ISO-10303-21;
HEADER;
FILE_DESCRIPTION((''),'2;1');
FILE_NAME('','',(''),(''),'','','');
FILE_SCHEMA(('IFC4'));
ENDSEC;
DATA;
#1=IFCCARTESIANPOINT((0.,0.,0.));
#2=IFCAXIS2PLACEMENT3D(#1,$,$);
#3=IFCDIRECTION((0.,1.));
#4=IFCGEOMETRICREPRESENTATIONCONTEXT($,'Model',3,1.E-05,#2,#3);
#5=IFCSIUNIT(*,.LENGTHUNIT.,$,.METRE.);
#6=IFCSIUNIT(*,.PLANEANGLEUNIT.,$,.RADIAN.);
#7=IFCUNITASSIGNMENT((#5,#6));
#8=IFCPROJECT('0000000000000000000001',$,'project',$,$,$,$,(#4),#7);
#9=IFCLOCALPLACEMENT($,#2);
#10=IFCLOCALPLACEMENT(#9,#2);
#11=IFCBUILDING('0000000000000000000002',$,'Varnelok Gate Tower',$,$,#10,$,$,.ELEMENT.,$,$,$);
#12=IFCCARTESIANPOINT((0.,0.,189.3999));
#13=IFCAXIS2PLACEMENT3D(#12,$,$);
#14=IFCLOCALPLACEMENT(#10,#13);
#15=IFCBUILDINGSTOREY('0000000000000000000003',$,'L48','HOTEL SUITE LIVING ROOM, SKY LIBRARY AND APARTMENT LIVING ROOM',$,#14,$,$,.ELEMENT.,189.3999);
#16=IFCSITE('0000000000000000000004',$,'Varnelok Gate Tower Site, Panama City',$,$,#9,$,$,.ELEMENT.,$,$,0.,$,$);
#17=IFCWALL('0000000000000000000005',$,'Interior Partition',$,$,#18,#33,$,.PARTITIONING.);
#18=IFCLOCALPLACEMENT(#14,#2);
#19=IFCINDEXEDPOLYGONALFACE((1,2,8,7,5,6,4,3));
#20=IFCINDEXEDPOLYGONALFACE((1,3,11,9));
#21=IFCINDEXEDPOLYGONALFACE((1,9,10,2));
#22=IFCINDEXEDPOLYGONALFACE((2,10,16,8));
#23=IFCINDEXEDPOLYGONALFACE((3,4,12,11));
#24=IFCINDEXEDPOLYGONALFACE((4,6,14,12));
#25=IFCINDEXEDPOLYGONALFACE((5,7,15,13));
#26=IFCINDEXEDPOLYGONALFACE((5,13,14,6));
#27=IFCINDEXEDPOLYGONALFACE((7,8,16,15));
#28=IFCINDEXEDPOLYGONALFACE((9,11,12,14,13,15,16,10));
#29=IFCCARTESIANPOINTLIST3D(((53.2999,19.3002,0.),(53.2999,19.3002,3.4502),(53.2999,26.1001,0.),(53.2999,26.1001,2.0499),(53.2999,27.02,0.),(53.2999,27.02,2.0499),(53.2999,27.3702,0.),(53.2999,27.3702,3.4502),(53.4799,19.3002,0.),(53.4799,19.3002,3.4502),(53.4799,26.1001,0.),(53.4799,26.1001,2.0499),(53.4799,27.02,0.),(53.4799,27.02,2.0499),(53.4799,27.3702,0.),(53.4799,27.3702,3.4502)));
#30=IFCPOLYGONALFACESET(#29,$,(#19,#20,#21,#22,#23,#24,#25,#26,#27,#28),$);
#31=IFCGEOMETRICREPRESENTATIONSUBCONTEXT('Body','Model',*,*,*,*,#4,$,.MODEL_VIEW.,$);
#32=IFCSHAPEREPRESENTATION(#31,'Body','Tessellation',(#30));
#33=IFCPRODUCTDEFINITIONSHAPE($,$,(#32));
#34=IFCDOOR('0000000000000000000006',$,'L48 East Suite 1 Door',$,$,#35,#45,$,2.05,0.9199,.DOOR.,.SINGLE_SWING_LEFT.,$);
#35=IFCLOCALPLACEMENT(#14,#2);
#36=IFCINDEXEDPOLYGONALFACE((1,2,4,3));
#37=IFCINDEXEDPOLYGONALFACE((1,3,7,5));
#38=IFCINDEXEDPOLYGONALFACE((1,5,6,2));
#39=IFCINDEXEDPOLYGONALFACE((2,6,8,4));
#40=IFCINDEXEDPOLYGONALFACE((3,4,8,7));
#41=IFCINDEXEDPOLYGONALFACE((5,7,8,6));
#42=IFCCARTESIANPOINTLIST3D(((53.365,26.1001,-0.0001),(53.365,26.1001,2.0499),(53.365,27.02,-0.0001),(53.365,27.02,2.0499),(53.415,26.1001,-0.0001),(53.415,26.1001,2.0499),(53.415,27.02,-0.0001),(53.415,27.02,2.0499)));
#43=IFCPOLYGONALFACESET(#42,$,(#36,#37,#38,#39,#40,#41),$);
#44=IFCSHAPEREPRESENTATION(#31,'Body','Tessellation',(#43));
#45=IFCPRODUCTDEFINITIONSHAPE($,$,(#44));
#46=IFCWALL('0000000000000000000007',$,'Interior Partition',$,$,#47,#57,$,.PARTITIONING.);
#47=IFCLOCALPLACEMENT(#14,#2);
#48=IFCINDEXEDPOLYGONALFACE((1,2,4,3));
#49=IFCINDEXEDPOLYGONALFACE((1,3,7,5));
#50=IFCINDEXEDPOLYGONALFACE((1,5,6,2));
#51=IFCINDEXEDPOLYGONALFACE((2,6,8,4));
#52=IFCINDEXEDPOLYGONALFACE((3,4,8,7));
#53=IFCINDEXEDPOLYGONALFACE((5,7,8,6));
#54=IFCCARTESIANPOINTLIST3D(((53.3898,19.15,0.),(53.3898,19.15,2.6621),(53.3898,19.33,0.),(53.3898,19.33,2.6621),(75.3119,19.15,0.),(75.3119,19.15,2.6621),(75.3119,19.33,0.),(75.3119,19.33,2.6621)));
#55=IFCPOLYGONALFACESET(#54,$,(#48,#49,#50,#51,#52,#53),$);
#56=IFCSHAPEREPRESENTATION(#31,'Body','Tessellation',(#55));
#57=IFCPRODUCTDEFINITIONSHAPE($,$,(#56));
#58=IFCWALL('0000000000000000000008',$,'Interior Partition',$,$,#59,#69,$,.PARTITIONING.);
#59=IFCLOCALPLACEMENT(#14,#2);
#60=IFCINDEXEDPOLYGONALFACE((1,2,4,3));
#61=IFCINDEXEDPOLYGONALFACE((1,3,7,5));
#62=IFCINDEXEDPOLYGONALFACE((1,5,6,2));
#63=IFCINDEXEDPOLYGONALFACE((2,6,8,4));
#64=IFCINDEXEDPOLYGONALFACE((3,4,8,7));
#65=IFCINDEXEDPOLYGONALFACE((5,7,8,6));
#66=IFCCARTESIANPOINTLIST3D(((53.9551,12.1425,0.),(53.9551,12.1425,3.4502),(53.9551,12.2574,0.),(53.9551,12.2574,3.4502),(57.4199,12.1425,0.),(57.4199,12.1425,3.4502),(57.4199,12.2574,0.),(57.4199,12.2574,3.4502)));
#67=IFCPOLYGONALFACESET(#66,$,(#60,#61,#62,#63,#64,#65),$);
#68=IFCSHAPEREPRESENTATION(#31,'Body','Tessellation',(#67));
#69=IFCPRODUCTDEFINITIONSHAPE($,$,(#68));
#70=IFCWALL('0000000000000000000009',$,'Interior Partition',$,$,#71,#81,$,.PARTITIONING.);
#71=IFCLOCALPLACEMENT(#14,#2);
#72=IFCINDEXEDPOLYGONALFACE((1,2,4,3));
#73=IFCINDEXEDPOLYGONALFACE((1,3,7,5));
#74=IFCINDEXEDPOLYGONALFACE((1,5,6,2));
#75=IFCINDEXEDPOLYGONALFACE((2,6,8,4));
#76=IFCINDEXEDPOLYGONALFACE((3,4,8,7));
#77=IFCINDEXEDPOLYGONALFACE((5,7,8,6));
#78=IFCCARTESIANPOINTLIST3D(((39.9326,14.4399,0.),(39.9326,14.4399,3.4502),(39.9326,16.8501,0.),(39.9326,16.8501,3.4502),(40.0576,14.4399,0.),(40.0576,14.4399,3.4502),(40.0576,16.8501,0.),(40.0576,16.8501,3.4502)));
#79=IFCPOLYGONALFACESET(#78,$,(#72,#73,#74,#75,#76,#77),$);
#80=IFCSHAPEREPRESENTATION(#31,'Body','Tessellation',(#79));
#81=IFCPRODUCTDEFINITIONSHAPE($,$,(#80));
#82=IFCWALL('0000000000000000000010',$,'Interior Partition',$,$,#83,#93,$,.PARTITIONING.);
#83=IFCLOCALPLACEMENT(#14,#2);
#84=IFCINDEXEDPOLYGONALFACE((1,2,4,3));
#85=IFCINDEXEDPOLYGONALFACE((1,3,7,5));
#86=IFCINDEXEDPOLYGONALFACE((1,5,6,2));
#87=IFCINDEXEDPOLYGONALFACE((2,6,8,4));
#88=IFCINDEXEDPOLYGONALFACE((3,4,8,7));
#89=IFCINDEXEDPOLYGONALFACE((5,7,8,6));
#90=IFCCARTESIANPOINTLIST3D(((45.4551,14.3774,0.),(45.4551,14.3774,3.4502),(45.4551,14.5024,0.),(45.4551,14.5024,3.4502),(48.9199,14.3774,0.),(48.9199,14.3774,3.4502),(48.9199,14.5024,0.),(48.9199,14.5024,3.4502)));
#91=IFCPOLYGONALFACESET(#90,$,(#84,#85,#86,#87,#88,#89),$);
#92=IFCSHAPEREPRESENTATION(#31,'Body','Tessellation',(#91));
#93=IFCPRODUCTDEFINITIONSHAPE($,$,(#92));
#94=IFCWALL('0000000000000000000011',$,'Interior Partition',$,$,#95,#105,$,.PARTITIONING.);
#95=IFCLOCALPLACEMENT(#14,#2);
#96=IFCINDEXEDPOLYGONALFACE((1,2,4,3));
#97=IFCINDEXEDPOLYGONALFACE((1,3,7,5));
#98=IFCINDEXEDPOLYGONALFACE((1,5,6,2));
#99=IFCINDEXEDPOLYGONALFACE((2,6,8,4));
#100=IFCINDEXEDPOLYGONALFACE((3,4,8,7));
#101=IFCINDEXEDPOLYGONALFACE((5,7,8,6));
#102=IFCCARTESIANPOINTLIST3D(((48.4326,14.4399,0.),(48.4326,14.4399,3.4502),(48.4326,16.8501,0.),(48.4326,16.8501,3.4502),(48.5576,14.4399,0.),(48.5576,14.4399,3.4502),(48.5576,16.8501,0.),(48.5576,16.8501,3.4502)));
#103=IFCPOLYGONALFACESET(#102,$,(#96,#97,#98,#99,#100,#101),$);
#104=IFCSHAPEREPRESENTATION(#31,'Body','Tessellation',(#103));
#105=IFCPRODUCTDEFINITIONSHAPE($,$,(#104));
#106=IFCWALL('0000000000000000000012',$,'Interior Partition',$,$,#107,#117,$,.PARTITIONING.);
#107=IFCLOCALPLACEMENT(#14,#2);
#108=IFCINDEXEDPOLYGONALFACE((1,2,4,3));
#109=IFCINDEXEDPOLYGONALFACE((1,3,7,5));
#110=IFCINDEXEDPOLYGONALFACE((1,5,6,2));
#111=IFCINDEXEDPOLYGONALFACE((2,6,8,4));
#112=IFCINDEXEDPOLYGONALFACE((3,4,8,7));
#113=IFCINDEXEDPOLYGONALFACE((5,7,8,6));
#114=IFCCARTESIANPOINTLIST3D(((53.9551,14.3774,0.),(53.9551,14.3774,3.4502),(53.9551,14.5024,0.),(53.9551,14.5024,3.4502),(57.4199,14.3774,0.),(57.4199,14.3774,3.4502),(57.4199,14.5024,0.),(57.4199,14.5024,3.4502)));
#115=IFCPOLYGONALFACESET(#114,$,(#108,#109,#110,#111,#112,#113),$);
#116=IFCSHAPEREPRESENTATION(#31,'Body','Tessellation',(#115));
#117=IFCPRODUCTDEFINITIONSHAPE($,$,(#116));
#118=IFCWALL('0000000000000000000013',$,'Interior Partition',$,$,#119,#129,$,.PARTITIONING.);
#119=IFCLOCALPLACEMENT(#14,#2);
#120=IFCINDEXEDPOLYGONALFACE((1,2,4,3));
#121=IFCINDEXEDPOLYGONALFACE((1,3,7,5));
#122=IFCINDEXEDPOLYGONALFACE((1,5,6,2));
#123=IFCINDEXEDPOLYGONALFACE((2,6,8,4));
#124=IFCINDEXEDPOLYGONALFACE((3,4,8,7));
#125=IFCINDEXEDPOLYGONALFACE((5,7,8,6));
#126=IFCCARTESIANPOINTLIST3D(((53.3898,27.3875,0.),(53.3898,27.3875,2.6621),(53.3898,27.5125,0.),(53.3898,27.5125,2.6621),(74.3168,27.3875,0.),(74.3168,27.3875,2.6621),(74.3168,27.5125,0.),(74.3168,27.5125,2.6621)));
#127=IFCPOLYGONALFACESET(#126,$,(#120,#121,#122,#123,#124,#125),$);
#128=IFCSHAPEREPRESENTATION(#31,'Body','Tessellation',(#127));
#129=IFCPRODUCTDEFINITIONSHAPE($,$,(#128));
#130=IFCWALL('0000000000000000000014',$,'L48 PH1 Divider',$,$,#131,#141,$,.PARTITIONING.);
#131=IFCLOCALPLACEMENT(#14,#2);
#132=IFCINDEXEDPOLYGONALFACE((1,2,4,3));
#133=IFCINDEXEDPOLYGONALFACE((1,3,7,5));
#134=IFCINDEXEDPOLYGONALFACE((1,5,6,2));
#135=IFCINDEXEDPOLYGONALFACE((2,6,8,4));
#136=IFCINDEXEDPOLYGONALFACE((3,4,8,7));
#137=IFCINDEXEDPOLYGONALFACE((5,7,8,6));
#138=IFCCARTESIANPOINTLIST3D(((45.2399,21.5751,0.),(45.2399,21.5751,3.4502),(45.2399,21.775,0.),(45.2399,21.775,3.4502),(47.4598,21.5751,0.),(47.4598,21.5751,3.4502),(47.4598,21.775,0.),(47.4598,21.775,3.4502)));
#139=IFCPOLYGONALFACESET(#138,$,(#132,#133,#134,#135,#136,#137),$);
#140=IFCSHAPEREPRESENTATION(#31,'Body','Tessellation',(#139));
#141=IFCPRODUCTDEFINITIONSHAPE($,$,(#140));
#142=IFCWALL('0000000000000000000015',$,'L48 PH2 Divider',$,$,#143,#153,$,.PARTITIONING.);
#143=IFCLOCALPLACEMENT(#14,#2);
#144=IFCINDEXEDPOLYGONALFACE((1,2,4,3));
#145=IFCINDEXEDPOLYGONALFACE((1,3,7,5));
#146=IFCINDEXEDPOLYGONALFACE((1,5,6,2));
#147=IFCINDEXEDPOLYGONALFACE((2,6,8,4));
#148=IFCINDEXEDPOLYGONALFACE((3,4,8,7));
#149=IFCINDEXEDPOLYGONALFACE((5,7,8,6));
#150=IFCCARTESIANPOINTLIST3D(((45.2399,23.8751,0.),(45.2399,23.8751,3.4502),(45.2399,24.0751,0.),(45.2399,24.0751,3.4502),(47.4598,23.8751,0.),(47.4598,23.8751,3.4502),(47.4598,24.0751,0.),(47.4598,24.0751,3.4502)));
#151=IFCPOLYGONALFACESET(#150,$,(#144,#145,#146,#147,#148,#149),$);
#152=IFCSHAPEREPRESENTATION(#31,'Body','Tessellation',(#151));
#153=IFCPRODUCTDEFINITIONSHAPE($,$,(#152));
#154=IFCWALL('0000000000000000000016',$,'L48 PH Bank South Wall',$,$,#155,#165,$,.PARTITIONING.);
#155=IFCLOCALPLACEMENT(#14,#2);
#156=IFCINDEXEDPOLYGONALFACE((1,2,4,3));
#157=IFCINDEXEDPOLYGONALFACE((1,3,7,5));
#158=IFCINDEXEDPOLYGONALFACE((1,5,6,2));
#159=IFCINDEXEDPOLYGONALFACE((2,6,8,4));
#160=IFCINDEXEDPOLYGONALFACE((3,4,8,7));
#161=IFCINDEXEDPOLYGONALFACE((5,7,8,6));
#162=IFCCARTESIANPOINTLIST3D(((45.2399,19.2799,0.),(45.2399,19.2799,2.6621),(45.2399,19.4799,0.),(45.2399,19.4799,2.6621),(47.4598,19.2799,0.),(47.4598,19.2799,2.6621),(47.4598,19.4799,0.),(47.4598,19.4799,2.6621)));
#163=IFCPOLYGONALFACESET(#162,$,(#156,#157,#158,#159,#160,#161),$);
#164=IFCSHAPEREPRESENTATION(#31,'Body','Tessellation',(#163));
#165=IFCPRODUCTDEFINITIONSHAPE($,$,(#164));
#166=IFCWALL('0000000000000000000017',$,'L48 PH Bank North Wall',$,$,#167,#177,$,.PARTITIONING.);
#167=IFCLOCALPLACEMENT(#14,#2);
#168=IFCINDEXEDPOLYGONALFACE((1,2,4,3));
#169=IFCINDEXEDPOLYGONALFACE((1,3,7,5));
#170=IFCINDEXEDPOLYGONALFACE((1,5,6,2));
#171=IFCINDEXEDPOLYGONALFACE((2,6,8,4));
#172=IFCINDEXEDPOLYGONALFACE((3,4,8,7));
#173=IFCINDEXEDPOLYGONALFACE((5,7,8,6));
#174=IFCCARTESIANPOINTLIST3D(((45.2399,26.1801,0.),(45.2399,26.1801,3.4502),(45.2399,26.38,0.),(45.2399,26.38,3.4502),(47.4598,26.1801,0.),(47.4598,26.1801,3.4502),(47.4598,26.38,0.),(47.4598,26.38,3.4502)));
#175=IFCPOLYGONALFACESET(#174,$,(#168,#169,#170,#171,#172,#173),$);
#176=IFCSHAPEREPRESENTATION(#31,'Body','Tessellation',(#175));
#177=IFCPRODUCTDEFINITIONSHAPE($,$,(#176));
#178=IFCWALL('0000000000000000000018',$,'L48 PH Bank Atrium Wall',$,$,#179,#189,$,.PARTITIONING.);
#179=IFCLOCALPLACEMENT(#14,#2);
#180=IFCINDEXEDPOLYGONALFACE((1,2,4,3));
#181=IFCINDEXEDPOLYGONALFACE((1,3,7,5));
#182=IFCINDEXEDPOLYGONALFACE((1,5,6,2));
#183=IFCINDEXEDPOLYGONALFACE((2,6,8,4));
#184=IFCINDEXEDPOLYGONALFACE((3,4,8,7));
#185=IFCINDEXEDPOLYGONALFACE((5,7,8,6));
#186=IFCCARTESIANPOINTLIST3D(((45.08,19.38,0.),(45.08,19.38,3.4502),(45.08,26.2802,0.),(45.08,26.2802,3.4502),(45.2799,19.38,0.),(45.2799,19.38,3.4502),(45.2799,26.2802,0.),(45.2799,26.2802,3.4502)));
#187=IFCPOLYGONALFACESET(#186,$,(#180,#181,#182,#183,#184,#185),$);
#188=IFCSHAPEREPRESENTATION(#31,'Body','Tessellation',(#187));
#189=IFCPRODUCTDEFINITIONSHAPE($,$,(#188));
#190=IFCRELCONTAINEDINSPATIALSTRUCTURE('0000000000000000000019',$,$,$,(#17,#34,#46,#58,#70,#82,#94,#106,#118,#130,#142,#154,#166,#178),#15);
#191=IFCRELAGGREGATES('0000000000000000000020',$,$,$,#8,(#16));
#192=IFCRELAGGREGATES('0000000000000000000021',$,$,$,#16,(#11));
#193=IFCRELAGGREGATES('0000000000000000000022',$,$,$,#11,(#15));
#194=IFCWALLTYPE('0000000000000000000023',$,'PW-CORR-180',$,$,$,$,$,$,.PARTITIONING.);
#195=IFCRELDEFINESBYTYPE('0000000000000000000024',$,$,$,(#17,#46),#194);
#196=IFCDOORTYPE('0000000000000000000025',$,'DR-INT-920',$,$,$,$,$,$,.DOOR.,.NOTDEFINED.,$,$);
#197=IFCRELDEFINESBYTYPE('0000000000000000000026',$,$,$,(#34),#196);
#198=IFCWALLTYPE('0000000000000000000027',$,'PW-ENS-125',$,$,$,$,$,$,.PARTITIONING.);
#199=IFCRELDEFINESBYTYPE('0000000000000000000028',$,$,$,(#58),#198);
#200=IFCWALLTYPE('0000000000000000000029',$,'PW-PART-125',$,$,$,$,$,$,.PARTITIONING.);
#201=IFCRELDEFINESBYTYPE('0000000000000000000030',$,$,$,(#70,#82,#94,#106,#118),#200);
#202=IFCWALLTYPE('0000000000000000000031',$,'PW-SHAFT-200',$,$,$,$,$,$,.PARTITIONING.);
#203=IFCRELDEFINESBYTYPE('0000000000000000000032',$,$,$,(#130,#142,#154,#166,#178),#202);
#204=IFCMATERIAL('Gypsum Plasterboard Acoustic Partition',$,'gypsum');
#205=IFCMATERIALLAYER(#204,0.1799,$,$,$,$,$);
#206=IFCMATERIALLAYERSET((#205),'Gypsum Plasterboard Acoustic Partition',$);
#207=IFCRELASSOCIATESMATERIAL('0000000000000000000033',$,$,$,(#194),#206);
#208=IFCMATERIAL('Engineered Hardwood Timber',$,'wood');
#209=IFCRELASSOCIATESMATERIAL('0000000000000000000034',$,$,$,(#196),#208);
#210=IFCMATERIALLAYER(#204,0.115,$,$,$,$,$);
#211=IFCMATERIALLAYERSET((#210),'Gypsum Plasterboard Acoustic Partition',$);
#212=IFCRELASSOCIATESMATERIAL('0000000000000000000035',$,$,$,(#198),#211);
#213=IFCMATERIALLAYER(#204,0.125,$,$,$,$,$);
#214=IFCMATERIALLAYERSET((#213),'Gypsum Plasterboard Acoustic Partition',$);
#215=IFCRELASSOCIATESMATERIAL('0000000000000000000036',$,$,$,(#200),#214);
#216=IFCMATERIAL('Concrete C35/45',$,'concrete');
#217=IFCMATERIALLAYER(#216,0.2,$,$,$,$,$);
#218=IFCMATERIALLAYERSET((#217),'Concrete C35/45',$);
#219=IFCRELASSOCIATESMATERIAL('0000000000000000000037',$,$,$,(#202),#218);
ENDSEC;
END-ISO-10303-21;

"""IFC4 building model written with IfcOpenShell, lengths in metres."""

from ifc_helpers import new_model, si_unit, direction, frame, frame_2d, origin, place, context, subcontext, project, spatial, rectangle, extrude, material, layer, layer_set, type_object, element, fill, save


model = new_model("IFC4")

# Units and contexts
model_context = context("Model", 3, precision=1e-05, world=origin(), true_north=direction((0.0, 1.0)))
body_context = subcontext(model_context, "Body", "Model", "MODEL_VIEW")
ifc_project = project(units=[si_unit("LENGTHUNIT", "METRE"), si_unit("PLANEANGLEUNIT", "RADIAN")], contexts=[model_context])

# Site, building, storey
site_placement = place(None, origin())
site = spatial("IfcSite", under=ifc_project, at=site_placement, Name="Varnelok Gate Tower Site, Panama City", CompositionType="ELEMENT", RefElevation=0.0)
building_placement = place(site_placement, origin())
building = spatial("IfcBuilding", under=site, at=building_placement, Name="Varnelok Gate Tower", CompositionType="ELEMENT")
storey_placement = place(building_placement, frame((0.0, 0.0, 189.3999)))
storey = spatial("IfcBuildingStorey", under=building, at=storey_placement, Name="L48", Description="HOTEL SUITE LIVING ROOM, SKY LIBRARY AND APARTMENT LIVING ROOM", CompositionType="ELEMENT", Elevation=189.3999)

# Wall, opening, door
ifc_material_1 = material(Name="Gypsum Plasterboard Acoustic Partition", Category="gypsum")
ifc_layer_1 = layer(ifc_material_1, 0.1799)
ifc_layer_set_1 = layer_set([ifc_layer_1], Name="Gypsum Plasterboard Acoustic Partition")
wall_type_1 = type_object("IfcWallType", Name="PW-CORR-180", PredefinedType="PARTITIONING", material=ifc_layer_set_1)
ifc_material_2 = material(Name="Engineered Hardwood Timber", Category="wood")
wall_1_placement = place(storey_placement, frame((53.3899, 19.3, 0.0), z_axis=(0.0, 0.0, 1.0), x_axis=(0.0, 1.0, 0.0)))
wall_1 = element("IfcWall", 1, at=wall_1_placement, inside=storey, type_object=wall_type_1, Name="Interior Partition", PredefinedType="PARTITIONING", context=body_context, shape_type="SweptSolid", body=[
    extrude(rectangle(XDim=8.0701, YDim=0.1799, at=frame_2d((4.0352, 0.0))), origin(), (0.0, 0.0, 1.0), 3.4502),
])
opening_1_placement = place(wall_1_placement, frame((6.8, 0.0, 0.0)))
opening_1 = element("IfcOpeningElement", 2, at=opening_1_placement, cuts=wall_1, PredefinedType="OPENING", context=body_context, shape_type="SweptSolid", body=[
    extrude(rectangle(XDim=0.9199, YDim=2.05, at=frame_2d((0.46, 1.0249))), frame((0.0, 0.0999, 0.0), z_axis=(0.0, -1.0, 0.0), x_axis=(1.0, 0.0, 0.0)), (0.0, 0.0, 1.0), 0.2),
])
door_type_1 = type_object("IfcDoorType", Name="DR-INT-920", OperationType="NOTDEFINED", PredefinedType="DOOR", material=ifc_material_2)
door_1_placement = place(opening_1_placement, origin())
door_1 = element("IfcDoor", 3, at=door_1_placement, inside=storey, type_object=door_type_1, Name="L48 East Suite 1 Door", OperationType="SINGLE_SWING_LEFT", OverallHeight=2.05, OverallWidth=0.9199, PredefinedType="DOOR", context=body_context, shape_type="SweptSolid", body=[
    extrude(rectangle(XDim=0.9199, YDim=2.05, at=frame_2d((0.46, 1.0249))), frame((0.0, 0.0249, 0.0), z_axis=(0.0, -1.0, 0.0), x_axis=(1.0, 0.0, 0.0)), (0.0, 0.0, 1.0), 0.05),
])
fill(opening_1, door_1)

# Walls
wall_2_placement = place(storey_placement, frame((53.3899, 19.24, 0.0), z_axis=(0.0, 0.0, 1.0), x_axis=(1.0, 0.0, 0.0)))
element("IfcWall", 4, at=wall_2_placement, inside=storey, type_object=wall_type_1, Name="Interior Partition", PredefinedType="PARTITIONING", context=body_context, shape_type="SweptSolid", body=[
    extrude(rectangle(XDim=21.9221, YDim=0.1799, at=frame_2d((10.9609, 0.0))), origin(), (0.0, 0.0, 1.0), 2.6621),
])
ifc_layer_2 = layer(ifc_material_1, 0.115)
ifc_layer_set_2 = layer_set([ifc_layer_2], Name="Gypsum Plasterboard Acoustic Partition")
wall_type_2 = type_object("IfcWallType", Name="PW-ENS-125", PredefinedType="PARTITIONING", material=ifc_layer_set_2)
wall_3_placement = place(storey_placement, frame((53.9551, 12.2, 0.0), z_axis=(0.0, 0.0, 1.0), x_axis=(1.0, 0.0, 0.0)))
element("IfcWall", 5, at=wall_3_placement, inside=storey, type_object=wall_type_2, Name="Interior Partition", PredefinedType="PARTITIONING", context=body_context, shape_type="SweptSolid", body=[
    extrude(rectangle(XDim=3.4648, YDim=0.115, at=frame_2d((1.7324, 0.0))), origin(), (0.0, 0.0, 1.0), 3.4502),
])
ifc_layer_3 = layer(ifc_material_1, 0.125)
ifc_layer_set_3 = layer_set([ifc_layer_3], Name="Gypsum Plasterboard Acoustic Partition")
wall_type_3 = type_object("IfcWallType", Name="PW-PART-125", PredefinedType="PARTITIONING", material=ifc_layer_set_3)
wall_4_placement = place(storey_placement, frame((39.9951, 14.4399, 0.0), z_axis=(0.0, 0.0, 1.0), x_axis=(0.0, 1.0, 0.0)))
element("IfcWall", 6, at=wall_4_placement, inside=storey, type_object=wall_type_3, Name="Interior Partition", PredefinedType="PARTITIONING", context=body_context, shape_type="SweptSolid", body=[
    extrude(rectangle(XDim=2.4102, YDim=0.125, at=frame_2d((1.2051, 0.0))), origin(), (0.0, 0.0, 1.0), 3.4502),
])
wall_5_placement = place(storey_placement, frame((45.4551, 14.4399, 0.0), z_axis=(0.0, 0.0, 1.0), x_axis=(1.0, 0.0, 0.0)))
element("IfcWall", 7, at=wall_5_placement, inside=storey, type_object=wall_type_3, Name="Interior Partition", PredefinedType="PARTITIONING", context=body_context, shape_type="SweptSolid", body=[
    extrude(rectangle(XDim=3.4648, YDim=0.125, at=frame_2d((1.7324, 0.0))), origin(), (0.0, 0.0, 1.0), 3.4502),
])
wall_6_placement = place(storey_placement, frame((48.4951, 14.4399, 0.0), z_axis=(0.0, 0.0, 1.0), x_axis=(0.0, 1.0, 0.0)))
element("IfcWall", 8, at=wall_6_placement, inside=storey, type_object=wall_type_3, Name="Interior Partition", PredefinedType="PARTITIONING", context=body_context, shape_type="SweptSolid", body=[
    extrude(rectangle(XDim=2.4102, YDim=0.125, at=frame_2d((1.2051, 0.0))), origin(), (0.0, 0.0, 1.0), 3.4502),
])
wall_7_placement = place(storey_placement, frame((53.9551, 14.4399, 0.0), z_axis=(0.0, 0.0, 1.0), x_axis=(1.0, 0.0, 0.0)))
element("IfcWall", 9, at=wall_7_placement, inside=storey, type_object=wall_type_3, Name="Interior Partition", PredefinedType="PARTITIONING", context=body_context, shape_type="SweptSolid", body=[
    extrude(rectangle(XDim=3.4648, YDim=0.125, at=frame_2d((1.7324, 0.0))), origin(), (0.0, 0.0, 1.0), 3.4502),
])
wall_8_placement = place(storey_placement, frame((53.3899, 27.45, 0.0), z_axis=(0.0, 0.0, 1.0), x_axis=(1.0, 0.0, 0.0)))
element("IfcWall", 10, at=wall_8_placement, inside=storey, type_object=wall_type_3, Name="Interior Partition", PredefinedType="PARTITIONING", context=body_context, shape_type="SweptSolid", body=[
    extrude(rectangle(XDim=20.927, YDim=0.125, at=frame_2d((10.4634, 0.0))), origin(), (0.0, 0.0, 1.0), 2.6621),
])
ifc_material_3 = material(Name="Concrete C35/45", Category="concrete")
ifc_layer_4 = layer(ifc_material_3, 0.2)
ifc_layer_set_4 = layer_set([ifc_layer_4], Name="Concrete C35/45")
wall_type_4 = type_object("IfcWallType", Name="PW-SHAFT-200", PredefinedType="PARTITIONING", material=ifc_layer_set_4)
for number, where, z_axis, x_axis, name in (
    (11, (45.24, 21.675, 0.0), (0.0, 0.0, 1.0), (1.0, 0.0, 0.0), "L48 PH1 Divider"),
    (12, (45.24, 23.9751, 0.0), (0.0, 0.0, 1.0), (1.0, 0.0, 0.0), "L48 PH2 Divider"),
):
    element("IfcWall", number, at=place(storey_placement, frame(where, z_axis=z_axis, x_axis=x_axis)), inside=storey, type_object=wall_type_4, Name=name, PredefinedType="PARTITIONING", context=body_context, shape_type="SweptSolid", body=[
        extrude(rectangle(XDim=2.22, YDim=0.2, at=frame_2d((1.1099, 0.0))), origin(), (0.0, 0.0, 1.0), 3.4502),
    ])
wall_9_placement = place(storey_placement, frame((45.24, 19.3799, 0.0), z_axis=(0.0, 0.0, 1.0), x_axis=(1.0, 0.0, 0.0)))
element("IfcWall", 13, at=wall_9_placement, inside=storey, type_object=wall_type_4, Name="L48 PH Bank South Wall", PredefinedType="PARTITIONING", context=body_context, shape_type="SweptSolid", body=[
    extrude(rectangle(XDim=2.22, YDim=0.2, at=frame_2d((1.1099, 0.0))), origin(), (0.0, 0.0, 1.0), 2.6621),
])
wall_10_placement = place(storey_placement, frame((45.24, 26.28, 0.0), z_axis=(0.0, 0.0, 1.0), x_axis=(1.0, 0.0, 0.0)))
element("IfcWall", 14, at=wall_10_placement, inside=storey, type_object=wall_type_4, Name="L48 PH Bank North Wall", PredefinedType="PARTITIONING", context=body_context, shape_type="SweptSolid", body=[
    extrude(rectangle(XDim=2.22, YDim=0.2, at=frame_2d((1.1099, 0.0))), origin(), (0.0, 0.0, 1.0), 3.4502),
])
for number, where, z_axis, x_axis, name in (
    (15, (45.1799, 19.3799, 0.0), (0.0, 0.0, 1.0), (0.0, 1.0, 0.0), "L48 PH Bank Atrium Wall"),
):
    element("IfcWall", number, at=place(storey_placement, frame(where, z_axis=z_axis, x_axis=x_axis)), inside=storey, type_object=wall_type_4, Name=name, PredefinedType="PARTITIONING", context=body_context, shape_type="SweptSolid", body=[
        extrude(rectangle(XDim=6.9001, YDim=0.2, at=frame_2d((3.4502, 0.0))), origin(), (0.0, 0.0, 1.0), 3.4502),
    ])

save(model, "model.ifc")
